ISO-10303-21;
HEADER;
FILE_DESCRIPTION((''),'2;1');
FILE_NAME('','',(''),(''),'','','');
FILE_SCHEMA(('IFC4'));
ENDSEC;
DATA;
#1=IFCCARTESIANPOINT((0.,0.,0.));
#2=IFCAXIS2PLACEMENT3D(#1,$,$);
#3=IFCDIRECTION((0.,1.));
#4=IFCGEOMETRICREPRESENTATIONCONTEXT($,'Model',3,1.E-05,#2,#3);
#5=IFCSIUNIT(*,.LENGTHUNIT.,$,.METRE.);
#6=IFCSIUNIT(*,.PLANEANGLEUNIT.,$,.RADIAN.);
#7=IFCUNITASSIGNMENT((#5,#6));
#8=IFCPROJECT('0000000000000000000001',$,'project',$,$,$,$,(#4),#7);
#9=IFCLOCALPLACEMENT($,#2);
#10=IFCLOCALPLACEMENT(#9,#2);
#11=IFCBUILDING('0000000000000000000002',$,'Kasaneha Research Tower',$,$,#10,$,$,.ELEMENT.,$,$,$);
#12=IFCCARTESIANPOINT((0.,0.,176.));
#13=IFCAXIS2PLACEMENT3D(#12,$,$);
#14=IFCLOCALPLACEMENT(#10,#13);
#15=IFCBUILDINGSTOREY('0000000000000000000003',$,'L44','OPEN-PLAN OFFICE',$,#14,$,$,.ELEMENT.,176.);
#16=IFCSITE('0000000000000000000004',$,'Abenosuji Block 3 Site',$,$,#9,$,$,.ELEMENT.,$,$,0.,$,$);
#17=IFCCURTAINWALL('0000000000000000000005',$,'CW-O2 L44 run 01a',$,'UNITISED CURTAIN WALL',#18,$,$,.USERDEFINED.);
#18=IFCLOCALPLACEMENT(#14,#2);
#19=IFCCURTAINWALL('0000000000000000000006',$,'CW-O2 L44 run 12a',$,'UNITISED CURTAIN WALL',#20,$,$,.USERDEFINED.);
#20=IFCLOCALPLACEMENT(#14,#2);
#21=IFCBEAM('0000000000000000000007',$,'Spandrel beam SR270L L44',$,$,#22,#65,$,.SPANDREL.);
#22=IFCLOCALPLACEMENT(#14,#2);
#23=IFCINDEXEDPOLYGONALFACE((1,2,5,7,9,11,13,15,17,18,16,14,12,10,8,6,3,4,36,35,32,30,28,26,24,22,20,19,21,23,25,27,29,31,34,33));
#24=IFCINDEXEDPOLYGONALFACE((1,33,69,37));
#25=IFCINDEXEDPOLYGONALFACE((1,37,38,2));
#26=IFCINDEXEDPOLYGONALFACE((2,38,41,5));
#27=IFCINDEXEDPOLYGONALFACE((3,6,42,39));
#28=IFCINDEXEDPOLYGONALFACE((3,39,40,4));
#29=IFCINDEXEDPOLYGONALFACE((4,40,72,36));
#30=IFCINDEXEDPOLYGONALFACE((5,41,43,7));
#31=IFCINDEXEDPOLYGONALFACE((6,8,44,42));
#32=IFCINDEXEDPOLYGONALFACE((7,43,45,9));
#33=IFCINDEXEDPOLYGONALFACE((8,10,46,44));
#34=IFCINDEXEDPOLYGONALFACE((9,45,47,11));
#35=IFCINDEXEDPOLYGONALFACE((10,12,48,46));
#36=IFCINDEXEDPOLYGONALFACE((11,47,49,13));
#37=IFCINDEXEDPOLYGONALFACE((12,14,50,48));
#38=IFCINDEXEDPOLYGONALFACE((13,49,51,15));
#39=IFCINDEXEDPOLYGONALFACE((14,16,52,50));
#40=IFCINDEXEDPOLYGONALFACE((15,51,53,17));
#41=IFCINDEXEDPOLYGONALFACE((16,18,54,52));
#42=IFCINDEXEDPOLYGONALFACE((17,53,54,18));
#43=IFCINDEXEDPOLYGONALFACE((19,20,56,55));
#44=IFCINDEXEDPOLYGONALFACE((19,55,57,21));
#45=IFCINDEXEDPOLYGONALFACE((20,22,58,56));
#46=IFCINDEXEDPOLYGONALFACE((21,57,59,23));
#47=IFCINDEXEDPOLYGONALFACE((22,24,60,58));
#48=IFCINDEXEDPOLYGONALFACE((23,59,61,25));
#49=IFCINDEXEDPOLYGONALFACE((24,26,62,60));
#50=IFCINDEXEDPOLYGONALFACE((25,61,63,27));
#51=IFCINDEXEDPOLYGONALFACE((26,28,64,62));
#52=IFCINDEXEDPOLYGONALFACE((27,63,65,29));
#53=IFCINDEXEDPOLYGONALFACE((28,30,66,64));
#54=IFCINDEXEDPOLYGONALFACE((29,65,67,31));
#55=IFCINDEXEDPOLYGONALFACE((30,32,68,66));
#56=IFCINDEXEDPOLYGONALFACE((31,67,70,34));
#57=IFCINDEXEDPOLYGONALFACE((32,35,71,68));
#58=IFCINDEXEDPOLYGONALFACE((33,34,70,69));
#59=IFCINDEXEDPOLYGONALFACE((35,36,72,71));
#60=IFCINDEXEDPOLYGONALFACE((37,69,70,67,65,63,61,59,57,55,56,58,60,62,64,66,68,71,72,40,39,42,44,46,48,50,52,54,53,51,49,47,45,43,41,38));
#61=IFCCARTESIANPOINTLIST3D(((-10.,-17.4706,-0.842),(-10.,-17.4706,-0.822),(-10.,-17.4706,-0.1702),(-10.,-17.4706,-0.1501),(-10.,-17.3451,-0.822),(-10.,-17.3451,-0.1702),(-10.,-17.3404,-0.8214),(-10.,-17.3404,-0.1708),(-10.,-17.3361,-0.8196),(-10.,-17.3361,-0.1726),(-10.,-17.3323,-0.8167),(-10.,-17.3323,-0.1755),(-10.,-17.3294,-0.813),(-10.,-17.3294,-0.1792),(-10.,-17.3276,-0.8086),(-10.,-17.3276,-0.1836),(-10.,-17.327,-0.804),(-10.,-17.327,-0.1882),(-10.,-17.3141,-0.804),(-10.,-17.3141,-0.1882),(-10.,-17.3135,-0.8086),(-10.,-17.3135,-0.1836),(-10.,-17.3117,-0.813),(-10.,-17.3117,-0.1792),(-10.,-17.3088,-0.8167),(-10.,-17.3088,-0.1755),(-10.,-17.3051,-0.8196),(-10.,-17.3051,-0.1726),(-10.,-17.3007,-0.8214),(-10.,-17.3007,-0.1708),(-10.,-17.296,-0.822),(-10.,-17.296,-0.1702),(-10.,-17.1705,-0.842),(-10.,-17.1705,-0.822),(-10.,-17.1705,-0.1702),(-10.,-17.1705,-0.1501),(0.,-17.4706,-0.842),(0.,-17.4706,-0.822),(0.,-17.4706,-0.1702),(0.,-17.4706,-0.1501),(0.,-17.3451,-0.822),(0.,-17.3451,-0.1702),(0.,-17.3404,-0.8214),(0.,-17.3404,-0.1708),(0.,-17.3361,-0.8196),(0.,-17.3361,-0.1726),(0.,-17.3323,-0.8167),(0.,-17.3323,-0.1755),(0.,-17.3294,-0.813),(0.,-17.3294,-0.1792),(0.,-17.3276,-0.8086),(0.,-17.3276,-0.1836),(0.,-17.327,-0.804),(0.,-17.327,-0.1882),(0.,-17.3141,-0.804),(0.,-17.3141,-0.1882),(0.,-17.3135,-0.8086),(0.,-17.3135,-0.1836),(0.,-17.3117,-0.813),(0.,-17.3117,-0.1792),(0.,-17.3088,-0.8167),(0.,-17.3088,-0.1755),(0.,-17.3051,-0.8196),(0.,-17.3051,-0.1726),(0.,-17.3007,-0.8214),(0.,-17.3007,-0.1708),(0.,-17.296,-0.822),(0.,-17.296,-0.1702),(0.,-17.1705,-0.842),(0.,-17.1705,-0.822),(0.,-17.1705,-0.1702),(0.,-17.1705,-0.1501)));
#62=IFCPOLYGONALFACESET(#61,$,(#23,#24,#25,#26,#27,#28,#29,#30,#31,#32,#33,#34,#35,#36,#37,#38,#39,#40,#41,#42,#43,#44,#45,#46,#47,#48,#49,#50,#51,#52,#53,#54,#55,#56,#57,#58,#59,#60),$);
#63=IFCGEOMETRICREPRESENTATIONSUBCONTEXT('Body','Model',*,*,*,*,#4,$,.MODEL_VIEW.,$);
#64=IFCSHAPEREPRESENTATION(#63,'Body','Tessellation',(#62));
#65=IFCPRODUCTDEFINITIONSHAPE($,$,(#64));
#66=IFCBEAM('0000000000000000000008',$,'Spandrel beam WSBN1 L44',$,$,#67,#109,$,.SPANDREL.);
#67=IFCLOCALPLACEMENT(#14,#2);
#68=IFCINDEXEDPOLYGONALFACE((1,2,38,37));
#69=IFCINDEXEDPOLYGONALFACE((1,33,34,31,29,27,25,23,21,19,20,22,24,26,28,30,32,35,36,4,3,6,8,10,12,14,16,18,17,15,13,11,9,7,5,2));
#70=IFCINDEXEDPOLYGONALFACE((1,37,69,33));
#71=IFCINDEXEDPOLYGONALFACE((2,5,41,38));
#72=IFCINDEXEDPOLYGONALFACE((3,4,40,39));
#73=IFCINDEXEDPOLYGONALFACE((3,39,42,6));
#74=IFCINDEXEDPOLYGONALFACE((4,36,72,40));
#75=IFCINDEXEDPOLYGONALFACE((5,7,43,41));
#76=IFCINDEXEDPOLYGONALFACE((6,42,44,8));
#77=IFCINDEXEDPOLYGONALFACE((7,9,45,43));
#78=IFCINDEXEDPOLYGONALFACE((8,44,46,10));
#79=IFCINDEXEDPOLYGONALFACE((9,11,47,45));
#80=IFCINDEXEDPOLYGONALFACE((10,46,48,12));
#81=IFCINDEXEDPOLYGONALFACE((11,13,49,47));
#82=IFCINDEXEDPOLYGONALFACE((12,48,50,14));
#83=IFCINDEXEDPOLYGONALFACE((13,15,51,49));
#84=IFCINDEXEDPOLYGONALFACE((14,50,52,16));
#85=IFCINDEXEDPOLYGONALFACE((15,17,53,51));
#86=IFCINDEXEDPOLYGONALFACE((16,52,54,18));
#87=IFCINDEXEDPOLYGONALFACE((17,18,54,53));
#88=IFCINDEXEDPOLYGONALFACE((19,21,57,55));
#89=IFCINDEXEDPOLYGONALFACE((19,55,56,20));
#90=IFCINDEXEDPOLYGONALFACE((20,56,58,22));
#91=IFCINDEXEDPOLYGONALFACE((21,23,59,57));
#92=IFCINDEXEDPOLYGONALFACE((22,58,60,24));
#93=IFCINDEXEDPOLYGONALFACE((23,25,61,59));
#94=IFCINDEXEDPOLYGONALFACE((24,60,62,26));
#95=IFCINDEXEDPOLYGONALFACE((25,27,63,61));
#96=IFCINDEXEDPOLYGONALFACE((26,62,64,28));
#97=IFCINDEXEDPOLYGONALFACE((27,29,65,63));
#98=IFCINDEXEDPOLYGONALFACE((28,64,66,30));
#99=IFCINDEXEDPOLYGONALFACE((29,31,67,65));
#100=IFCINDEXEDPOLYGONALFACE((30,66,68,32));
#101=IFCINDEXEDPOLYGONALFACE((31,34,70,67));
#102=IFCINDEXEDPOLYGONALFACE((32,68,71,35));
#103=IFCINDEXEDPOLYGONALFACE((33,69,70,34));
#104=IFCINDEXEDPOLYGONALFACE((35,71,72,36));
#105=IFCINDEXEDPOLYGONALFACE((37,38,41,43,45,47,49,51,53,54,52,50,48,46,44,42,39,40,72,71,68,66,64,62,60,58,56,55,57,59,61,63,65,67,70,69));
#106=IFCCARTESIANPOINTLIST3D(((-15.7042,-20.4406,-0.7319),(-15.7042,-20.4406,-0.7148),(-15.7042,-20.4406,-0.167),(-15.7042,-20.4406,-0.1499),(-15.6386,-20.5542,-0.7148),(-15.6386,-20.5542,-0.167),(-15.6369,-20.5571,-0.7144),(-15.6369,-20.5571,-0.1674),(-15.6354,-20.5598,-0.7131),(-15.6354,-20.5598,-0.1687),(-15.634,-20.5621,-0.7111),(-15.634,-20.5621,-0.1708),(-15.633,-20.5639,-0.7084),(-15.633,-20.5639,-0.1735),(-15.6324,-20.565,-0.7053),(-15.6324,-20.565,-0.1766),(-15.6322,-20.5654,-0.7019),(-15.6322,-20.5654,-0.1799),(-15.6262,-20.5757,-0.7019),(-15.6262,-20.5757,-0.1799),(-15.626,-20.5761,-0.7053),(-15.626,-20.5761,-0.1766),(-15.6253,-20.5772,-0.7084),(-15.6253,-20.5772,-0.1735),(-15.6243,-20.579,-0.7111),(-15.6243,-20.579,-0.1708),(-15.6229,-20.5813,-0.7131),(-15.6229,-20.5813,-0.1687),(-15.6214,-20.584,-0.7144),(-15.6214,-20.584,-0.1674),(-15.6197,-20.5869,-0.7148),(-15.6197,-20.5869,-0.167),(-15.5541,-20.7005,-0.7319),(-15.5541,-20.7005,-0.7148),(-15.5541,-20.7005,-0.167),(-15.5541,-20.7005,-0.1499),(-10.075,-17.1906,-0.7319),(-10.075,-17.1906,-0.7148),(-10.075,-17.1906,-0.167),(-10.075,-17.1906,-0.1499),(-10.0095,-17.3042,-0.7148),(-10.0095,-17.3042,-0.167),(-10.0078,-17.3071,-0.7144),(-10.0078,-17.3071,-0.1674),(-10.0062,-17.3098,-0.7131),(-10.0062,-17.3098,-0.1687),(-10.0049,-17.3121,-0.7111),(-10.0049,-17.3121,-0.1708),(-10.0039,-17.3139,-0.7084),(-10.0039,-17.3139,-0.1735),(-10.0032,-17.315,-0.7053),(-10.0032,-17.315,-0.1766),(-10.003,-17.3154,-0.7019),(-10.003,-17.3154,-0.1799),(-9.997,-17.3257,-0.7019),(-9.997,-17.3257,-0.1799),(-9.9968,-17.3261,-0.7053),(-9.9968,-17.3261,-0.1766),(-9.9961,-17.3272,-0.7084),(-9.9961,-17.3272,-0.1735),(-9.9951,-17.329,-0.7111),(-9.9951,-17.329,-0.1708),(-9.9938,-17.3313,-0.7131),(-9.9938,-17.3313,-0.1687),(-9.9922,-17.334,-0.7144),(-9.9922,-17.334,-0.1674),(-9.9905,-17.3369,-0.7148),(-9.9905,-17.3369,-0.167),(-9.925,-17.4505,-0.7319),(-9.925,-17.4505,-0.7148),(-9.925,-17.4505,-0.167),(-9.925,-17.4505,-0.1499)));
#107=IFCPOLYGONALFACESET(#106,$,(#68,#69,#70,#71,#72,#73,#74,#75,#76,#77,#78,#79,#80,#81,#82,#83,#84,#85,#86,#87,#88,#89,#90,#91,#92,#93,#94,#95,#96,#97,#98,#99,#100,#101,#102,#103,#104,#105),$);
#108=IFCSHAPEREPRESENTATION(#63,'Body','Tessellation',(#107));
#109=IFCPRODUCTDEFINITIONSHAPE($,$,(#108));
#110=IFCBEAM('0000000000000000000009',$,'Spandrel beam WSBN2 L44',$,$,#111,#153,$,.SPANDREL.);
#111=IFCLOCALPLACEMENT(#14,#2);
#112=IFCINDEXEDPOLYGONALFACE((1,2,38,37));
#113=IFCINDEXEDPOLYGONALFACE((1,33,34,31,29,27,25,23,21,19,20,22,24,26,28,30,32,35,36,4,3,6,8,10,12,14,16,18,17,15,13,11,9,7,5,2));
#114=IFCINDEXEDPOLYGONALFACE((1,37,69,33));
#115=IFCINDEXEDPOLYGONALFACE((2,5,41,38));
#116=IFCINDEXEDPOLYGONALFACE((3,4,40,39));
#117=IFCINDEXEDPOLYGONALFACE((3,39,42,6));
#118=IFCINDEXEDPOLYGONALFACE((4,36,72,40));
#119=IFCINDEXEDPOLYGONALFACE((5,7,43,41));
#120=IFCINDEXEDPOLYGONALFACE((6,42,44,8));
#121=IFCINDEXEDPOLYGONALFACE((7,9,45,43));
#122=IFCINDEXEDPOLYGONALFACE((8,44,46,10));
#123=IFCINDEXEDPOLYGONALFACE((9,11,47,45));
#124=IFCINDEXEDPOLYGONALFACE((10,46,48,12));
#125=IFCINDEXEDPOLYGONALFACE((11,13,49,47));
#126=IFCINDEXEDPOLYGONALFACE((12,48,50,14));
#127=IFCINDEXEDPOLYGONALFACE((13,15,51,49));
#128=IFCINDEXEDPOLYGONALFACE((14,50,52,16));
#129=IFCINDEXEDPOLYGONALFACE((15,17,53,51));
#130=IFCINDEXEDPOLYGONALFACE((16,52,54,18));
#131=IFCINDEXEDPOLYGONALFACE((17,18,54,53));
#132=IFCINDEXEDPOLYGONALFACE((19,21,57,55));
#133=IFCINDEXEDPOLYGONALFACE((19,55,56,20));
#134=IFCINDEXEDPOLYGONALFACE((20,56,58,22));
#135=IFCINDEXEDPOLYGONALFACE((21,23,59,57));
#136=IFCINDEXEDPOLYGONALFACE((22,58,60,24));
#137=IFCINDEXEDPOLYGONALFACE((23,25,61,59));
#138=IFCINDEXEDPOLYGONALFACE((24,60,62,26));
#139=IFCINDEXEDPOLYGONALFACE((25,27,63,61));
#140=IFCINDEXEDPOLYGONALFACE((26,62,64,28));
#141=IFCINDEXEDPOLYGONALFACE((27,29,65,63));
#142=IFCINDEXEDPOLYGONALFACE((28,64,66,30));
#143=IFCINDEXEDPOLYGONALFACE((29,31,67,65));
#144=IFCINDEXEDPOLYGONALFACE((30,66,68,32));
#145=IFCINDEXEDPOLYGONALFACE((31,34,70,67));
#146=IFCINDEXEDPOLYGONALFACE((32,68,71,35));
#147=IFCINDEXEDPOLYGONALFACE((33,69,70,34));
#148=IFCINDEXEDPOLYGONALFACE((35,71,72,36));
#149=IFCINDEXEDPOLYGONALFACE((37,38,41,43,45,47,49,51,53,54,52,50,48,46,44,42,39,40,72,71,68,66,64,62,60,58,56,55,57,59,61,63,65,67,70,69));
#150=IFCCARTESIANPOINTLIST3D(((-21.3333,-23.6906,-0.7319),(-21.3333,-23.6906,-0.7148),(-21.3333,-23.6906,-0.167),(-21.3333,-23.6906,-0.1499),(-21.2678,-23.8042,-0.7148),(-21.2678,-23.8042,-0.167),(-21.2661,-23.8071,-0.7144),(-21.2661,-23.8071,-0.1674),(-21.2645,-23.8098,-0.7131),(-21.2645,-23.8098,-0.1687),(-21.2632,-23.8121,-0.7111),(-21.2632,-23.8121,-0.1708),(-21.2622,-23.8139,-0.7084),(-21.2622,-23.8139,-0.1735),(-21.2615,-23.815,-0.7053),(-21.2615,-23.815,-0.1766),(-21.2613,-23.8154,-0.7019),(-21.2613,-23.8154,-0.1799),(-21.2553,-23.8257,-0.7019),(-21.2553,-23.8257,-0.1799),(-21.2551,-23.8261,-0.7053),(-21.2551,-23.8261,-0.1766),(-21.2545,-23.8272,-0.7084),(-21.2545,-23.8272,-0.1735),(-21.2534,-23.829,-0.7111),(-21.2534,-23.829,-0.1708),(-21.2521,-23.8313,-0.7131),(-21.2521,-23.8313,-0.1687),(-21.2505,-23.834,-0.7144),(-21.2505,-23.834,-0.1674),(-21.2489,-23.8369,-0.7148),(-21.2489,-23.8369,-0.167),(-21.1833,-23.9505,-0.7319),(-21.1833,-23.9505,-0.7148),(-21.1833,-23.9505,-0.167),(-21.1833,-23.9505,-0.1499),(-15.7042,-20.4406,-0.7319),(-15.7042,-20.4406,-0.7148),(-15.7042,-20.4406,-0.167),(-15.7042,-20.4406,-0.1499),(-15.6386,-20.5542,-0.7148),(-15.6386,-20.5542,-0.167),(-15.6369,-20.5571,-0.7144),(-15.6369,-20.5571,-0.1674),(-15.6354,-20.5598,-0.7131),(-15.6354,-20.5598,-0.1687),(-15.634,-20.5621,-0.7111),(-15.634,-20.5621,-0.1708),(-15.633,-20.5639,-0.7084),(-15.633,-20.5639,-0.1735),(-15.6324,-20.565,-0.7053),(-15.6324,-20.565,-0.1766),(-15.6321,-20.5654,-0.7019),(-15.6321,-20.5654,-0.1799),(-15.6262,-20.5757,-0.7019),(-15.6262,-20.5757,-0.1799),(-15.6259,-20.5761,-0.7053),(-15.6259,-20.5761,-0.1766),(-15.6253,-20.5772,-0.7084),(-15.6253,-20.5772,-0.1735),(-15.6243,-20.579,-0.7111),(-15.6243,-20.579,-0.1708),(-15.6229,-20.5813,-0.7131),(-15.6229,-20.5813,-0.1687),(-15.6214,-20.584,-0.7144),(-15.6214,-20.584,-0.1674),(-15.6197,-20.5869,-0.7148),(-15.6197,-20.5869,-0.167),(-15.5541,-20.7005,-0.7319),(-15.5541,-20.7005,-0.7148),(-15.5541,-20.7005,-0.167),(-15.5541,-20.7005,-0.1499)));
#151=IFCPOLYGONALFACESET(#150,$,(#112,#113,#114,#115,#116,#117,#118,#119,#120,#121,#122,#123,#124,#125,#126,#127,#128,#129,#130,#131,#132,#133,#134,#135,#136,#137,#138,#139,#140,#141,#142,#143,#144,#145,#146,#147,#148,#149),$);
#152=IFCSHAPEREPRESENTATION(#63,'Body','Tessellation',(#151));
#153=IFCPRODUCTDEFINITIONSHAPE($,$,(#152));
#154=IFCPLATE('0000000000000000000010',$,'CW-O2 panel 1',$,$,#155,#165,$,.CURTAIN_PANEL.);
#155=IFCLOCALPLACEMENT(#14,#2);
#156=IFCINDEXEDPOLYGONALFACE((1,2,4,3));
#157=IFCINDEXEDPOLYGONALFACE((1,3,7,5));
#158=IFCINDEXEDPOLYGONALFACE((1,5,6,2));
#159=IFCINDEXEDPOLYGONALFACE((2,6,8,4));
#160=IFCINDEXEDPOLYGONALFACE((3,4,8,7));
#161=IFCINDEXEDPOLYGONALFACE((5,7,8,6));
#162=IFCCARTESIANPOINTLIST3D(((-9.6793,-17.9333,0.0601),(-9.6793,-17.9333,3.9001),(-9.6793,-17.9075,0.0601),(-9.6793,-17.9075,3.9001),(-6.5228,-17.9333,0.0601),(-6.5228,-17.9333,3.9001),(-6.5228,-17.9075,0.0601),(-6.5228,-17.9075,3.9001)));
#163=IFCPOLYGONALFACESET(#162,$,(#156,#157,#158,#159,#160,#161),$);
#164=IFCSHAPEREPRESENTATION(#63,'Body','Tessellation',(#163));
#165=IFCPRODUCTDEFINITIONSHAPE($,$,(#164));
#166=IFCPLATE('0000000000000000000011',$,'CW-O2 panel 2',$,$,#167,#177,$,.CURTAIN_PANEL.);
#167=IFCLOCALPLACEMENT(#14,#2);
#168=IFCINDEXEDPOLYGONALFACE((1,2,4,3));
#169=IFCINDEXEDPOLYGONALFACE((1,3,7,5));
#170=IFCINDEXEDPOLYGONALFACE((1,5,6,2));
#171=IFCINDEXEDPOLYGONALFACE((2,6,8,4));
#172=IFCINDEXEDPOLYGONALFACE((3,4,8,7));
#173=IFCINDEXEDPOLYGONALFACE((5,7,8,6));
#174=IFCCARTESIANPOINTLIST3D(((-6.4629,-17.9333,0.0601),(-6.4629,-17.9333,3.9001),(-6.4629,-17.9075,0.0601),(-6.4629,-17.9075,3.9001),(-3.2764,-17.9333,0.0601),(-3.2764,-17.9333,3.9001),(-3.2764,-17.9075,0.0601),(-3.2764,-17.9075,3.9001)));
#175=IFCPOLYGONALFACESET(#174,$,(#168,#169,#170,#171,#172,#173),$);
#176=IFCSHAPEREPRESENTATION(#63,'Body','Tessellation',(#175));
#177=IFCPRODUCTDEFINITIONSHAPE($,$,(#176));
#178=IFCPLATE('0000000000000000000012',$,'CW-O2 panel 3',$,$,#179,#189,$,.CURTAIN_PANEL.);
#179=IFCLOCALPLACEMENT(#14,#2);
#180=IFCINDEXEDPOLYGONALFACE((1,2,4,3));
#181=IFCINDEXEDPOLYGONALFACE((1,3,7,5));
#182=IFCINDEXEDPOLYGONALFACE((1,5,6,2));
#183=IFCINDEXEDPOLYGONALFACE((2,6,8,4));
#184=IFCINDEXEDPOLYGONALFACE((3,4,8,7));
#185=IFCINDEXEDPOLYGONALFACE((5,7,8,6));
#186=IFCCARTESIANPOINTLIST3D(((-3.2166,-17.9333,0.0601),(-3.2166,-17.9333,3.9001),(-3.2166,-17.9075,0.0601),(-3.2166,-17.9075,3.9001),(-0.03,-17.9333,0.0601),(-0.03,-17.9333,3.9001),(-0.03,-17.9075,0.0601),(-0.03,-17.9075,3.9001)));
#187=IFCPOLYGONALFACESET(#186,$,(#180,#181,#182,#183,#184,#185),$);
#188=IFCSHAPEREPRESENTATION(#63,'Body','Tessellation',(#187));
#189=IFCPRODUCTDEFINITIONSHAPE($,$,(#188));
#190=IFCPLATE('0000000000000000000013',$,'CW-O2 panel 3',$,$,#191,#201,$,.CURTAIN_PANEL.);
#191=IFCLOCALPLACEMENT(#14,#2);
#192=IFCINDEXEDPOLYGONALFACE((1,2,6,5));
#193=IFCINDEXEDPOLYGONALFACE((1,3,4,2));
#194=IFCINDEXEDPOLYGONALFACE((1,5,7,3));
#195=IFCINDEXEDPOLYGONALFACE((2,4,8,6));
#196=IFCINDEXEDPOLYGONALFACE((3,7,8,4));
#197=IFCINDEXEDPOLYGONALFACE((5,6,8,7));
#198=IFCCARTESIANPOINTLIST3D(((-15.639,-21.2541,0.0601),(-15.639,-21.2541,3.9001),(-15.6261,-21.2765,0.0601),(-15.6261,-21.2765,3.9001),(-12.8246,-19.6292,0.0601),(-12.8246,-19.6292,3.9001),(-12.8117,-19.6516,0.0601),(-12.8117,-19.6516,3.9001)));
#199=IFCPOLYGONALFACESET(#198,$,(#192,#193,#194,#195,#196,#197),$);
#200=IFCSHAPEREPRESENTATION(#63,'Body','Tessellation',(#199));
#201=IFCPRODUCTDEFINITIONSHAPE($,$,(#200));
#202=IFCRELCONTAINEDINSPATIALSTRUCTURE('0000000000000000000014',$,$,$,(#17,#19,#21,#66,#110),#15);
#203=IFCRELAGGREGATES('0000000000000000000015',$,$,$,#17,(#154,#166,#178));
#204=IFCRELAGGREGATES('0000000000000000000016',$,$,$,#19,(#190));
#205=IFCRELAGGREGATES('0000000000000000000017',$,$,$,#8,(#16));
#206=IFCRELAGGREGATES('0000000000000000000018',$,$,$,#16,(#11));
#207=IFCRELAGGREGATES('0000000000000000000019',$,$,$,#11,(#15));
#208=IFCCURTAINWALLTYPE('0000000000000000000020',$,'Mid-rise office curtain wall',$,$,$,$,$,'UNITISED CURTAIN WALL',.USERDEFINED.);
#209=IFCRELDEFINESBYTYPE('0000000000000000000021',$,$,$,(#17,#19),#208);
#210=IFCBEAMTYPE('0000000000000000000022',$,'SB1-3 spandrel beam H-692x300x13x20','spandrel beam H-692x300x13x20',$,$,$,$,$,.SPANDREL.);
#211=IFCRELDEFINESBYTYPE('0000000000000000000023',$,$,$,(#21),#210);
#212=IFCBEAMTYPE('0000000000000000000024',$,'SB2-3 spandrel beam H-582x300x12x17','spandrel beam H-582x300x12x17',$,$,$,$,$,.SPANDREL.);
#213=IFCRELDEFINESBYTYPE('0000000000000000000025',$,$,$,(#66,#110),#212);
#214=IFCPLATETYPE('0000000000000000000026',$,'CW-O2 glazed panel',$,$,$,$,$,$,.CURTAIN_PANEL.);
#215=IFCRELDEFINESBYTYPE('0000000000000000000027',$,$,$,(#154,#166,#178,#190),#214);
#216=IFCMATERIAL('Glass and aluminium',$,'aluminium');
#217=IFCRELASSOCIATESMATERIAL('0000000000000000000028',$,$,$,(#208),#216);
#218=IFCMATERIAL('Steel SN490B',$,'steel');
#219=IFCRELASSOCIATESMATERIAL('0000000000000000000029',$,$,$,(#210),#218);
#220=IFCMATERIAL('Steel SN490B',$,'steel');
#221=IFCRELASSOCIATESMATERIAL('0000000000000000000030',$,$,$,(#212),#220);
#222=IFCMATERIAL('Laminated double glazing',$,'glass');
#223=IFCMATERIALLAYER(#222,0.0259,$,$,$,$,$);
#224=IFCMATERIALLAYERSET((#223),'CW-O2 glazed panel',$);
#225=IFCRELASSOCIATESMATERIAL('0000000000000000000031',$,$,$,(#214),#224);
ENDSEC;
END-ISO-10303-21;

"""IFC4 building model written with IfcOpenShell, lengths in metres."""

from ifc_helpers import new_model, si_unit, direction, frame, origin, origin_2d, place, context, subcontext, project, spatial, rectangle, i_section, extrude, material, layer, layer_set, material_profile, profile_set, type_object, element, aggregate, save


model = new_model("IFC4")

# Units and contexts
model_context = context("Model", 3, precision=1e-05, world=origin(), true_north=direction((0.0, 1.0)))
body_context = subcontext(model_context, "Body", "Model", "MODEL_VIEW")
ifc_project = project(units=[si_unit("LENGTHUNIT", "METRE"), si_unit("PLANEANGLEUNIT", "RADIAN")], contexts=[model_context])

# Site, building, storey
site_placement = place(None, origin())
site = spatial("IfcSite", under=ifc_project, at=site_placement, Name="Abenosuji Block 3 Site", CompositionType="ELEMENT", RefElevation=0.0)
building_placement = place(site_placement, origin())
building = spatial("IfcBuilding", under=site, at=building_placement, Name="Kasaneha Research Tower", CompositionType="ELEMENT")
storey_placement = place(building_placement, frame((0.0, 0.0, 176.0)))
storey = spatial("IfcBuildingStorey", under=building, at=storey_placement, Name="L44", Description="OPEN-PLAN OFFICE", CompositionType="ELEMENT", Elevation=176.0)

# Curtain walls
ifc_material_1 = material(Name="Glass and aluminium", Category="aluminium")
curtain_wall_type = type_object("IfcCurtainWallType", Name="Mid-rise office curtain wall", ElementType="UNITISED CURTAIN WALL", PredefinedType="USERDEFINED", material=ifc_material_1)
curtain_wall_1_placement = place(storey_placement, origin())
curtain_wall_1 = element("IfcCurtainWall", 1, at=curtain_wall_1_placement, inside=storey, type_object=curtain_wall_type, Name="CW-O2 L44 run 01a", ObjectType="UNITISED CURTAIN WALL", PredefinedType="USERDEFINED")
curtain_wall_2_placement = place(storey_placement, origin())
curtain_wall_2 = element("IfcCurtainWall", 2, at=curtain_wall_2_placement, inside=storey, type_object=curtain_wall_type, Name="CW-O2 L44 run 12a", ObjectType="UNITISED CURTAIN WALL", PredefinedType="USERDEFINED")

# Beams
ifc_material_2 = material(Name="Steel SN490B", Category="steel")
ifc_material_profile_1 = material_profile(ifc_material_2, i_section(OverallWidth=0.3, OverallDepth=0.6919, WebThickness=0.0129, FlangeThickness=0.02, FilletRadius=0.0181, at=origin_2d()), Name="H-692x300x13x20")
ifc_profile_set_1 = profile_set([ifc_material_profile_1], Name="Steel SN490B")
beam_type_1 = type_object("IfcBeamType", Name="SB1-3 spandrel beam H-692x300x13x20", Description="spandrel beam H-692x300x13x20", PredefinedType="SPANDREL", material=ifc_profile_set_1)
beam_1_placement = place(storey_placement, frame((-10.0, -17.3206, -0.4961), z_axis=(1.0, 0.0, 0.0), x_axis=(0.0, 1.0, 0.0)))
element("IfcBeam", 3, at=beam_1_placement, inside=storey, type_object=beam_type_1, Name="Spandrel beam SR270L L44", PredefinedType="SPANDREL", context=body_context, shape_type="SweptSolid", body=[
    extrude(i_section(OverallWidth=0.3, OverallDepth=0.6919, WebThickness=0.0129, FlangeThickness=0.02, FilletRadius=0.0181, at=origin_2d()), origin(), (0.0, 0.0, 1.0), 10.0),
])
ifc_material_3 = material(Name="Steel SN490B", Category="steel")
ifc_material_profile_2 = material_profile(ifc_material_3, i_section(OverallWidth=0.3, OverallDepth=0.582, WebThickness=0.012, FlangeThickness=0.0171, FilletRadius=0.0129, at=origin_2d()), Name="H-582x300x12x17")
ifc_profile_set_2 = profile_set([ifc_material_profile_2], Name="Steel SN490B")
beam_type_2 = type_object("IfcBeamType", Name="SB2-3 spandrel beam H-582x300x12x17", Description="spandrel beam H-582x300x12x17", PredefinedType="SPANDREL", material=ifc_profile_set_2)
for number, where, z_axis, x_axis, name in (
    (4, (-10.0, -17.3206, -0.4409), (-0.866025, -0.500001, 0.0), (0.500001, -0.866025, 0.0), "Spandrel beam WSBN1 L44"),
    (5, (-15.6292, -20.5706, -0.4409), (-0.866025, -0.500001, 0.0), (0.500001, -0.866025, 0.0), "Spandrel beam WSBN2 L44"),
):
    element("IfcBeam", number, at=place(storey_placement, frame(where, z_axis=z_axis, x_axis=x_axis)), inside=storey, type_object=beam_type_2, Name=name, PredefinedType="SPANDREL", context=body_context, shape_type="SweptSolid", body=[
        extrude(i_section(OverallWidth=0.3, OverallDepth=0.582, WebThickness=0.012, FlangeThickness=0.0171, FilletRadius=0.0129, at=origin_2d()), origin(), (0.0, 0.0, 1.0), 6.5),
    ])

# Plates
ifc_material_4 = material(Name="Laminated double glazing", Category="glass")
ifc_layer_1 = layer(ifc_material_4, 0.0259)
ifc_layer_set_1 = layer_set([ifc_layer_1], Name="CW-O2 glazed panel")
plate_type = type_object("IfcPlateType", Name="CW-O2 glazed panel", PredefinedType="CURTAIN_PANEL", material=ifc_layer_set_1)
plate_1_placement = place(storey_placement, frame((-8.1011, -17.9204, 0.0601), z_axis=(0.0, 0.0, 1.0), x_axis=(1.0, 0.0, 0.0)))
plate_1 = element("IfcPlate", 6, at=plate_1_placement, type_object=plate_type, Name="CW-O2 panel 1", PredefinedType="CURTAIN_PANEL", context=body_context, shape_type="SweptSolid", body=[
    extrude(rectangle(XDim=3.1565, YDim=0.0259, at=origin_2d()), origin(), (0.0, 0.0, 1.0), 3.8401),
])
plate_2_placement = place(storey_placement, frame((-4.8696, -17.9204, 0.0601), z_axis=(0.0, 0.0, 1.0), x_axis=(1.0, 0.0, 0.0)))
plate_2 = element("IfcPlate", 7, at=plate_2_placement, type_object=plate_type, Name="CW-O2 panel 2", PredefinedType="CURTAIN_PANEL", context=body_context, shape_type="SweptSolid", body=[
    extrude(rectangle(XDim=3.1865, YDim=0.0259, at=origin_2d()), origin(), (0.0, 0.0, 1.0), 3.8401),
])
plate_3_placement = place(storey_placement, frame((-1.6233, -17.9204, 0.0601), z_axis=(0.0, 0.0, 1.0), x_axis=(1.0, 0.0, 0.0)))
plate_3 = element("IfcPlate", 8, at=plate_3_placement, type_object=plate_type, Name="CW-O2 panel 3", PredefinedType="CURTAIN_PANEL", context=body_context, shape_type="SweptSolid", body=[
    extrude(rectangle(XDim=3.1865, YDim=0.0259, at=origin_2d()), origin(), (0.0, 0.0, 1.0), 3.8401),
])
aggregate(curtain_wall_1, [plate_1, plate_2, plate_3])
plate_4_placement = place(storey_placement, frame((-14.2253, -20.4529, 0.0601), z_axis=(0.0, 0.0, 1.0), x_axis=(0.866025, 0.5, 0.0)))
plate_4 = element("IfcPlate", 9, at=plate_4_placement, type_object=plate_type, Name="CW-O2 panel 3", PredefinedType="CURTAIN_PANEL", context=body_context, shape_type="SweptSolid", body=[
    extrude(rectangle(XDim=3.2498, YDim=0.0259, at=origin_2d()), origin(), (0.0, 0.0, 1.0), 3.8401),
])
aggregate(curtain_wall_2, [plate_4])

save(model, "model.ifc")
